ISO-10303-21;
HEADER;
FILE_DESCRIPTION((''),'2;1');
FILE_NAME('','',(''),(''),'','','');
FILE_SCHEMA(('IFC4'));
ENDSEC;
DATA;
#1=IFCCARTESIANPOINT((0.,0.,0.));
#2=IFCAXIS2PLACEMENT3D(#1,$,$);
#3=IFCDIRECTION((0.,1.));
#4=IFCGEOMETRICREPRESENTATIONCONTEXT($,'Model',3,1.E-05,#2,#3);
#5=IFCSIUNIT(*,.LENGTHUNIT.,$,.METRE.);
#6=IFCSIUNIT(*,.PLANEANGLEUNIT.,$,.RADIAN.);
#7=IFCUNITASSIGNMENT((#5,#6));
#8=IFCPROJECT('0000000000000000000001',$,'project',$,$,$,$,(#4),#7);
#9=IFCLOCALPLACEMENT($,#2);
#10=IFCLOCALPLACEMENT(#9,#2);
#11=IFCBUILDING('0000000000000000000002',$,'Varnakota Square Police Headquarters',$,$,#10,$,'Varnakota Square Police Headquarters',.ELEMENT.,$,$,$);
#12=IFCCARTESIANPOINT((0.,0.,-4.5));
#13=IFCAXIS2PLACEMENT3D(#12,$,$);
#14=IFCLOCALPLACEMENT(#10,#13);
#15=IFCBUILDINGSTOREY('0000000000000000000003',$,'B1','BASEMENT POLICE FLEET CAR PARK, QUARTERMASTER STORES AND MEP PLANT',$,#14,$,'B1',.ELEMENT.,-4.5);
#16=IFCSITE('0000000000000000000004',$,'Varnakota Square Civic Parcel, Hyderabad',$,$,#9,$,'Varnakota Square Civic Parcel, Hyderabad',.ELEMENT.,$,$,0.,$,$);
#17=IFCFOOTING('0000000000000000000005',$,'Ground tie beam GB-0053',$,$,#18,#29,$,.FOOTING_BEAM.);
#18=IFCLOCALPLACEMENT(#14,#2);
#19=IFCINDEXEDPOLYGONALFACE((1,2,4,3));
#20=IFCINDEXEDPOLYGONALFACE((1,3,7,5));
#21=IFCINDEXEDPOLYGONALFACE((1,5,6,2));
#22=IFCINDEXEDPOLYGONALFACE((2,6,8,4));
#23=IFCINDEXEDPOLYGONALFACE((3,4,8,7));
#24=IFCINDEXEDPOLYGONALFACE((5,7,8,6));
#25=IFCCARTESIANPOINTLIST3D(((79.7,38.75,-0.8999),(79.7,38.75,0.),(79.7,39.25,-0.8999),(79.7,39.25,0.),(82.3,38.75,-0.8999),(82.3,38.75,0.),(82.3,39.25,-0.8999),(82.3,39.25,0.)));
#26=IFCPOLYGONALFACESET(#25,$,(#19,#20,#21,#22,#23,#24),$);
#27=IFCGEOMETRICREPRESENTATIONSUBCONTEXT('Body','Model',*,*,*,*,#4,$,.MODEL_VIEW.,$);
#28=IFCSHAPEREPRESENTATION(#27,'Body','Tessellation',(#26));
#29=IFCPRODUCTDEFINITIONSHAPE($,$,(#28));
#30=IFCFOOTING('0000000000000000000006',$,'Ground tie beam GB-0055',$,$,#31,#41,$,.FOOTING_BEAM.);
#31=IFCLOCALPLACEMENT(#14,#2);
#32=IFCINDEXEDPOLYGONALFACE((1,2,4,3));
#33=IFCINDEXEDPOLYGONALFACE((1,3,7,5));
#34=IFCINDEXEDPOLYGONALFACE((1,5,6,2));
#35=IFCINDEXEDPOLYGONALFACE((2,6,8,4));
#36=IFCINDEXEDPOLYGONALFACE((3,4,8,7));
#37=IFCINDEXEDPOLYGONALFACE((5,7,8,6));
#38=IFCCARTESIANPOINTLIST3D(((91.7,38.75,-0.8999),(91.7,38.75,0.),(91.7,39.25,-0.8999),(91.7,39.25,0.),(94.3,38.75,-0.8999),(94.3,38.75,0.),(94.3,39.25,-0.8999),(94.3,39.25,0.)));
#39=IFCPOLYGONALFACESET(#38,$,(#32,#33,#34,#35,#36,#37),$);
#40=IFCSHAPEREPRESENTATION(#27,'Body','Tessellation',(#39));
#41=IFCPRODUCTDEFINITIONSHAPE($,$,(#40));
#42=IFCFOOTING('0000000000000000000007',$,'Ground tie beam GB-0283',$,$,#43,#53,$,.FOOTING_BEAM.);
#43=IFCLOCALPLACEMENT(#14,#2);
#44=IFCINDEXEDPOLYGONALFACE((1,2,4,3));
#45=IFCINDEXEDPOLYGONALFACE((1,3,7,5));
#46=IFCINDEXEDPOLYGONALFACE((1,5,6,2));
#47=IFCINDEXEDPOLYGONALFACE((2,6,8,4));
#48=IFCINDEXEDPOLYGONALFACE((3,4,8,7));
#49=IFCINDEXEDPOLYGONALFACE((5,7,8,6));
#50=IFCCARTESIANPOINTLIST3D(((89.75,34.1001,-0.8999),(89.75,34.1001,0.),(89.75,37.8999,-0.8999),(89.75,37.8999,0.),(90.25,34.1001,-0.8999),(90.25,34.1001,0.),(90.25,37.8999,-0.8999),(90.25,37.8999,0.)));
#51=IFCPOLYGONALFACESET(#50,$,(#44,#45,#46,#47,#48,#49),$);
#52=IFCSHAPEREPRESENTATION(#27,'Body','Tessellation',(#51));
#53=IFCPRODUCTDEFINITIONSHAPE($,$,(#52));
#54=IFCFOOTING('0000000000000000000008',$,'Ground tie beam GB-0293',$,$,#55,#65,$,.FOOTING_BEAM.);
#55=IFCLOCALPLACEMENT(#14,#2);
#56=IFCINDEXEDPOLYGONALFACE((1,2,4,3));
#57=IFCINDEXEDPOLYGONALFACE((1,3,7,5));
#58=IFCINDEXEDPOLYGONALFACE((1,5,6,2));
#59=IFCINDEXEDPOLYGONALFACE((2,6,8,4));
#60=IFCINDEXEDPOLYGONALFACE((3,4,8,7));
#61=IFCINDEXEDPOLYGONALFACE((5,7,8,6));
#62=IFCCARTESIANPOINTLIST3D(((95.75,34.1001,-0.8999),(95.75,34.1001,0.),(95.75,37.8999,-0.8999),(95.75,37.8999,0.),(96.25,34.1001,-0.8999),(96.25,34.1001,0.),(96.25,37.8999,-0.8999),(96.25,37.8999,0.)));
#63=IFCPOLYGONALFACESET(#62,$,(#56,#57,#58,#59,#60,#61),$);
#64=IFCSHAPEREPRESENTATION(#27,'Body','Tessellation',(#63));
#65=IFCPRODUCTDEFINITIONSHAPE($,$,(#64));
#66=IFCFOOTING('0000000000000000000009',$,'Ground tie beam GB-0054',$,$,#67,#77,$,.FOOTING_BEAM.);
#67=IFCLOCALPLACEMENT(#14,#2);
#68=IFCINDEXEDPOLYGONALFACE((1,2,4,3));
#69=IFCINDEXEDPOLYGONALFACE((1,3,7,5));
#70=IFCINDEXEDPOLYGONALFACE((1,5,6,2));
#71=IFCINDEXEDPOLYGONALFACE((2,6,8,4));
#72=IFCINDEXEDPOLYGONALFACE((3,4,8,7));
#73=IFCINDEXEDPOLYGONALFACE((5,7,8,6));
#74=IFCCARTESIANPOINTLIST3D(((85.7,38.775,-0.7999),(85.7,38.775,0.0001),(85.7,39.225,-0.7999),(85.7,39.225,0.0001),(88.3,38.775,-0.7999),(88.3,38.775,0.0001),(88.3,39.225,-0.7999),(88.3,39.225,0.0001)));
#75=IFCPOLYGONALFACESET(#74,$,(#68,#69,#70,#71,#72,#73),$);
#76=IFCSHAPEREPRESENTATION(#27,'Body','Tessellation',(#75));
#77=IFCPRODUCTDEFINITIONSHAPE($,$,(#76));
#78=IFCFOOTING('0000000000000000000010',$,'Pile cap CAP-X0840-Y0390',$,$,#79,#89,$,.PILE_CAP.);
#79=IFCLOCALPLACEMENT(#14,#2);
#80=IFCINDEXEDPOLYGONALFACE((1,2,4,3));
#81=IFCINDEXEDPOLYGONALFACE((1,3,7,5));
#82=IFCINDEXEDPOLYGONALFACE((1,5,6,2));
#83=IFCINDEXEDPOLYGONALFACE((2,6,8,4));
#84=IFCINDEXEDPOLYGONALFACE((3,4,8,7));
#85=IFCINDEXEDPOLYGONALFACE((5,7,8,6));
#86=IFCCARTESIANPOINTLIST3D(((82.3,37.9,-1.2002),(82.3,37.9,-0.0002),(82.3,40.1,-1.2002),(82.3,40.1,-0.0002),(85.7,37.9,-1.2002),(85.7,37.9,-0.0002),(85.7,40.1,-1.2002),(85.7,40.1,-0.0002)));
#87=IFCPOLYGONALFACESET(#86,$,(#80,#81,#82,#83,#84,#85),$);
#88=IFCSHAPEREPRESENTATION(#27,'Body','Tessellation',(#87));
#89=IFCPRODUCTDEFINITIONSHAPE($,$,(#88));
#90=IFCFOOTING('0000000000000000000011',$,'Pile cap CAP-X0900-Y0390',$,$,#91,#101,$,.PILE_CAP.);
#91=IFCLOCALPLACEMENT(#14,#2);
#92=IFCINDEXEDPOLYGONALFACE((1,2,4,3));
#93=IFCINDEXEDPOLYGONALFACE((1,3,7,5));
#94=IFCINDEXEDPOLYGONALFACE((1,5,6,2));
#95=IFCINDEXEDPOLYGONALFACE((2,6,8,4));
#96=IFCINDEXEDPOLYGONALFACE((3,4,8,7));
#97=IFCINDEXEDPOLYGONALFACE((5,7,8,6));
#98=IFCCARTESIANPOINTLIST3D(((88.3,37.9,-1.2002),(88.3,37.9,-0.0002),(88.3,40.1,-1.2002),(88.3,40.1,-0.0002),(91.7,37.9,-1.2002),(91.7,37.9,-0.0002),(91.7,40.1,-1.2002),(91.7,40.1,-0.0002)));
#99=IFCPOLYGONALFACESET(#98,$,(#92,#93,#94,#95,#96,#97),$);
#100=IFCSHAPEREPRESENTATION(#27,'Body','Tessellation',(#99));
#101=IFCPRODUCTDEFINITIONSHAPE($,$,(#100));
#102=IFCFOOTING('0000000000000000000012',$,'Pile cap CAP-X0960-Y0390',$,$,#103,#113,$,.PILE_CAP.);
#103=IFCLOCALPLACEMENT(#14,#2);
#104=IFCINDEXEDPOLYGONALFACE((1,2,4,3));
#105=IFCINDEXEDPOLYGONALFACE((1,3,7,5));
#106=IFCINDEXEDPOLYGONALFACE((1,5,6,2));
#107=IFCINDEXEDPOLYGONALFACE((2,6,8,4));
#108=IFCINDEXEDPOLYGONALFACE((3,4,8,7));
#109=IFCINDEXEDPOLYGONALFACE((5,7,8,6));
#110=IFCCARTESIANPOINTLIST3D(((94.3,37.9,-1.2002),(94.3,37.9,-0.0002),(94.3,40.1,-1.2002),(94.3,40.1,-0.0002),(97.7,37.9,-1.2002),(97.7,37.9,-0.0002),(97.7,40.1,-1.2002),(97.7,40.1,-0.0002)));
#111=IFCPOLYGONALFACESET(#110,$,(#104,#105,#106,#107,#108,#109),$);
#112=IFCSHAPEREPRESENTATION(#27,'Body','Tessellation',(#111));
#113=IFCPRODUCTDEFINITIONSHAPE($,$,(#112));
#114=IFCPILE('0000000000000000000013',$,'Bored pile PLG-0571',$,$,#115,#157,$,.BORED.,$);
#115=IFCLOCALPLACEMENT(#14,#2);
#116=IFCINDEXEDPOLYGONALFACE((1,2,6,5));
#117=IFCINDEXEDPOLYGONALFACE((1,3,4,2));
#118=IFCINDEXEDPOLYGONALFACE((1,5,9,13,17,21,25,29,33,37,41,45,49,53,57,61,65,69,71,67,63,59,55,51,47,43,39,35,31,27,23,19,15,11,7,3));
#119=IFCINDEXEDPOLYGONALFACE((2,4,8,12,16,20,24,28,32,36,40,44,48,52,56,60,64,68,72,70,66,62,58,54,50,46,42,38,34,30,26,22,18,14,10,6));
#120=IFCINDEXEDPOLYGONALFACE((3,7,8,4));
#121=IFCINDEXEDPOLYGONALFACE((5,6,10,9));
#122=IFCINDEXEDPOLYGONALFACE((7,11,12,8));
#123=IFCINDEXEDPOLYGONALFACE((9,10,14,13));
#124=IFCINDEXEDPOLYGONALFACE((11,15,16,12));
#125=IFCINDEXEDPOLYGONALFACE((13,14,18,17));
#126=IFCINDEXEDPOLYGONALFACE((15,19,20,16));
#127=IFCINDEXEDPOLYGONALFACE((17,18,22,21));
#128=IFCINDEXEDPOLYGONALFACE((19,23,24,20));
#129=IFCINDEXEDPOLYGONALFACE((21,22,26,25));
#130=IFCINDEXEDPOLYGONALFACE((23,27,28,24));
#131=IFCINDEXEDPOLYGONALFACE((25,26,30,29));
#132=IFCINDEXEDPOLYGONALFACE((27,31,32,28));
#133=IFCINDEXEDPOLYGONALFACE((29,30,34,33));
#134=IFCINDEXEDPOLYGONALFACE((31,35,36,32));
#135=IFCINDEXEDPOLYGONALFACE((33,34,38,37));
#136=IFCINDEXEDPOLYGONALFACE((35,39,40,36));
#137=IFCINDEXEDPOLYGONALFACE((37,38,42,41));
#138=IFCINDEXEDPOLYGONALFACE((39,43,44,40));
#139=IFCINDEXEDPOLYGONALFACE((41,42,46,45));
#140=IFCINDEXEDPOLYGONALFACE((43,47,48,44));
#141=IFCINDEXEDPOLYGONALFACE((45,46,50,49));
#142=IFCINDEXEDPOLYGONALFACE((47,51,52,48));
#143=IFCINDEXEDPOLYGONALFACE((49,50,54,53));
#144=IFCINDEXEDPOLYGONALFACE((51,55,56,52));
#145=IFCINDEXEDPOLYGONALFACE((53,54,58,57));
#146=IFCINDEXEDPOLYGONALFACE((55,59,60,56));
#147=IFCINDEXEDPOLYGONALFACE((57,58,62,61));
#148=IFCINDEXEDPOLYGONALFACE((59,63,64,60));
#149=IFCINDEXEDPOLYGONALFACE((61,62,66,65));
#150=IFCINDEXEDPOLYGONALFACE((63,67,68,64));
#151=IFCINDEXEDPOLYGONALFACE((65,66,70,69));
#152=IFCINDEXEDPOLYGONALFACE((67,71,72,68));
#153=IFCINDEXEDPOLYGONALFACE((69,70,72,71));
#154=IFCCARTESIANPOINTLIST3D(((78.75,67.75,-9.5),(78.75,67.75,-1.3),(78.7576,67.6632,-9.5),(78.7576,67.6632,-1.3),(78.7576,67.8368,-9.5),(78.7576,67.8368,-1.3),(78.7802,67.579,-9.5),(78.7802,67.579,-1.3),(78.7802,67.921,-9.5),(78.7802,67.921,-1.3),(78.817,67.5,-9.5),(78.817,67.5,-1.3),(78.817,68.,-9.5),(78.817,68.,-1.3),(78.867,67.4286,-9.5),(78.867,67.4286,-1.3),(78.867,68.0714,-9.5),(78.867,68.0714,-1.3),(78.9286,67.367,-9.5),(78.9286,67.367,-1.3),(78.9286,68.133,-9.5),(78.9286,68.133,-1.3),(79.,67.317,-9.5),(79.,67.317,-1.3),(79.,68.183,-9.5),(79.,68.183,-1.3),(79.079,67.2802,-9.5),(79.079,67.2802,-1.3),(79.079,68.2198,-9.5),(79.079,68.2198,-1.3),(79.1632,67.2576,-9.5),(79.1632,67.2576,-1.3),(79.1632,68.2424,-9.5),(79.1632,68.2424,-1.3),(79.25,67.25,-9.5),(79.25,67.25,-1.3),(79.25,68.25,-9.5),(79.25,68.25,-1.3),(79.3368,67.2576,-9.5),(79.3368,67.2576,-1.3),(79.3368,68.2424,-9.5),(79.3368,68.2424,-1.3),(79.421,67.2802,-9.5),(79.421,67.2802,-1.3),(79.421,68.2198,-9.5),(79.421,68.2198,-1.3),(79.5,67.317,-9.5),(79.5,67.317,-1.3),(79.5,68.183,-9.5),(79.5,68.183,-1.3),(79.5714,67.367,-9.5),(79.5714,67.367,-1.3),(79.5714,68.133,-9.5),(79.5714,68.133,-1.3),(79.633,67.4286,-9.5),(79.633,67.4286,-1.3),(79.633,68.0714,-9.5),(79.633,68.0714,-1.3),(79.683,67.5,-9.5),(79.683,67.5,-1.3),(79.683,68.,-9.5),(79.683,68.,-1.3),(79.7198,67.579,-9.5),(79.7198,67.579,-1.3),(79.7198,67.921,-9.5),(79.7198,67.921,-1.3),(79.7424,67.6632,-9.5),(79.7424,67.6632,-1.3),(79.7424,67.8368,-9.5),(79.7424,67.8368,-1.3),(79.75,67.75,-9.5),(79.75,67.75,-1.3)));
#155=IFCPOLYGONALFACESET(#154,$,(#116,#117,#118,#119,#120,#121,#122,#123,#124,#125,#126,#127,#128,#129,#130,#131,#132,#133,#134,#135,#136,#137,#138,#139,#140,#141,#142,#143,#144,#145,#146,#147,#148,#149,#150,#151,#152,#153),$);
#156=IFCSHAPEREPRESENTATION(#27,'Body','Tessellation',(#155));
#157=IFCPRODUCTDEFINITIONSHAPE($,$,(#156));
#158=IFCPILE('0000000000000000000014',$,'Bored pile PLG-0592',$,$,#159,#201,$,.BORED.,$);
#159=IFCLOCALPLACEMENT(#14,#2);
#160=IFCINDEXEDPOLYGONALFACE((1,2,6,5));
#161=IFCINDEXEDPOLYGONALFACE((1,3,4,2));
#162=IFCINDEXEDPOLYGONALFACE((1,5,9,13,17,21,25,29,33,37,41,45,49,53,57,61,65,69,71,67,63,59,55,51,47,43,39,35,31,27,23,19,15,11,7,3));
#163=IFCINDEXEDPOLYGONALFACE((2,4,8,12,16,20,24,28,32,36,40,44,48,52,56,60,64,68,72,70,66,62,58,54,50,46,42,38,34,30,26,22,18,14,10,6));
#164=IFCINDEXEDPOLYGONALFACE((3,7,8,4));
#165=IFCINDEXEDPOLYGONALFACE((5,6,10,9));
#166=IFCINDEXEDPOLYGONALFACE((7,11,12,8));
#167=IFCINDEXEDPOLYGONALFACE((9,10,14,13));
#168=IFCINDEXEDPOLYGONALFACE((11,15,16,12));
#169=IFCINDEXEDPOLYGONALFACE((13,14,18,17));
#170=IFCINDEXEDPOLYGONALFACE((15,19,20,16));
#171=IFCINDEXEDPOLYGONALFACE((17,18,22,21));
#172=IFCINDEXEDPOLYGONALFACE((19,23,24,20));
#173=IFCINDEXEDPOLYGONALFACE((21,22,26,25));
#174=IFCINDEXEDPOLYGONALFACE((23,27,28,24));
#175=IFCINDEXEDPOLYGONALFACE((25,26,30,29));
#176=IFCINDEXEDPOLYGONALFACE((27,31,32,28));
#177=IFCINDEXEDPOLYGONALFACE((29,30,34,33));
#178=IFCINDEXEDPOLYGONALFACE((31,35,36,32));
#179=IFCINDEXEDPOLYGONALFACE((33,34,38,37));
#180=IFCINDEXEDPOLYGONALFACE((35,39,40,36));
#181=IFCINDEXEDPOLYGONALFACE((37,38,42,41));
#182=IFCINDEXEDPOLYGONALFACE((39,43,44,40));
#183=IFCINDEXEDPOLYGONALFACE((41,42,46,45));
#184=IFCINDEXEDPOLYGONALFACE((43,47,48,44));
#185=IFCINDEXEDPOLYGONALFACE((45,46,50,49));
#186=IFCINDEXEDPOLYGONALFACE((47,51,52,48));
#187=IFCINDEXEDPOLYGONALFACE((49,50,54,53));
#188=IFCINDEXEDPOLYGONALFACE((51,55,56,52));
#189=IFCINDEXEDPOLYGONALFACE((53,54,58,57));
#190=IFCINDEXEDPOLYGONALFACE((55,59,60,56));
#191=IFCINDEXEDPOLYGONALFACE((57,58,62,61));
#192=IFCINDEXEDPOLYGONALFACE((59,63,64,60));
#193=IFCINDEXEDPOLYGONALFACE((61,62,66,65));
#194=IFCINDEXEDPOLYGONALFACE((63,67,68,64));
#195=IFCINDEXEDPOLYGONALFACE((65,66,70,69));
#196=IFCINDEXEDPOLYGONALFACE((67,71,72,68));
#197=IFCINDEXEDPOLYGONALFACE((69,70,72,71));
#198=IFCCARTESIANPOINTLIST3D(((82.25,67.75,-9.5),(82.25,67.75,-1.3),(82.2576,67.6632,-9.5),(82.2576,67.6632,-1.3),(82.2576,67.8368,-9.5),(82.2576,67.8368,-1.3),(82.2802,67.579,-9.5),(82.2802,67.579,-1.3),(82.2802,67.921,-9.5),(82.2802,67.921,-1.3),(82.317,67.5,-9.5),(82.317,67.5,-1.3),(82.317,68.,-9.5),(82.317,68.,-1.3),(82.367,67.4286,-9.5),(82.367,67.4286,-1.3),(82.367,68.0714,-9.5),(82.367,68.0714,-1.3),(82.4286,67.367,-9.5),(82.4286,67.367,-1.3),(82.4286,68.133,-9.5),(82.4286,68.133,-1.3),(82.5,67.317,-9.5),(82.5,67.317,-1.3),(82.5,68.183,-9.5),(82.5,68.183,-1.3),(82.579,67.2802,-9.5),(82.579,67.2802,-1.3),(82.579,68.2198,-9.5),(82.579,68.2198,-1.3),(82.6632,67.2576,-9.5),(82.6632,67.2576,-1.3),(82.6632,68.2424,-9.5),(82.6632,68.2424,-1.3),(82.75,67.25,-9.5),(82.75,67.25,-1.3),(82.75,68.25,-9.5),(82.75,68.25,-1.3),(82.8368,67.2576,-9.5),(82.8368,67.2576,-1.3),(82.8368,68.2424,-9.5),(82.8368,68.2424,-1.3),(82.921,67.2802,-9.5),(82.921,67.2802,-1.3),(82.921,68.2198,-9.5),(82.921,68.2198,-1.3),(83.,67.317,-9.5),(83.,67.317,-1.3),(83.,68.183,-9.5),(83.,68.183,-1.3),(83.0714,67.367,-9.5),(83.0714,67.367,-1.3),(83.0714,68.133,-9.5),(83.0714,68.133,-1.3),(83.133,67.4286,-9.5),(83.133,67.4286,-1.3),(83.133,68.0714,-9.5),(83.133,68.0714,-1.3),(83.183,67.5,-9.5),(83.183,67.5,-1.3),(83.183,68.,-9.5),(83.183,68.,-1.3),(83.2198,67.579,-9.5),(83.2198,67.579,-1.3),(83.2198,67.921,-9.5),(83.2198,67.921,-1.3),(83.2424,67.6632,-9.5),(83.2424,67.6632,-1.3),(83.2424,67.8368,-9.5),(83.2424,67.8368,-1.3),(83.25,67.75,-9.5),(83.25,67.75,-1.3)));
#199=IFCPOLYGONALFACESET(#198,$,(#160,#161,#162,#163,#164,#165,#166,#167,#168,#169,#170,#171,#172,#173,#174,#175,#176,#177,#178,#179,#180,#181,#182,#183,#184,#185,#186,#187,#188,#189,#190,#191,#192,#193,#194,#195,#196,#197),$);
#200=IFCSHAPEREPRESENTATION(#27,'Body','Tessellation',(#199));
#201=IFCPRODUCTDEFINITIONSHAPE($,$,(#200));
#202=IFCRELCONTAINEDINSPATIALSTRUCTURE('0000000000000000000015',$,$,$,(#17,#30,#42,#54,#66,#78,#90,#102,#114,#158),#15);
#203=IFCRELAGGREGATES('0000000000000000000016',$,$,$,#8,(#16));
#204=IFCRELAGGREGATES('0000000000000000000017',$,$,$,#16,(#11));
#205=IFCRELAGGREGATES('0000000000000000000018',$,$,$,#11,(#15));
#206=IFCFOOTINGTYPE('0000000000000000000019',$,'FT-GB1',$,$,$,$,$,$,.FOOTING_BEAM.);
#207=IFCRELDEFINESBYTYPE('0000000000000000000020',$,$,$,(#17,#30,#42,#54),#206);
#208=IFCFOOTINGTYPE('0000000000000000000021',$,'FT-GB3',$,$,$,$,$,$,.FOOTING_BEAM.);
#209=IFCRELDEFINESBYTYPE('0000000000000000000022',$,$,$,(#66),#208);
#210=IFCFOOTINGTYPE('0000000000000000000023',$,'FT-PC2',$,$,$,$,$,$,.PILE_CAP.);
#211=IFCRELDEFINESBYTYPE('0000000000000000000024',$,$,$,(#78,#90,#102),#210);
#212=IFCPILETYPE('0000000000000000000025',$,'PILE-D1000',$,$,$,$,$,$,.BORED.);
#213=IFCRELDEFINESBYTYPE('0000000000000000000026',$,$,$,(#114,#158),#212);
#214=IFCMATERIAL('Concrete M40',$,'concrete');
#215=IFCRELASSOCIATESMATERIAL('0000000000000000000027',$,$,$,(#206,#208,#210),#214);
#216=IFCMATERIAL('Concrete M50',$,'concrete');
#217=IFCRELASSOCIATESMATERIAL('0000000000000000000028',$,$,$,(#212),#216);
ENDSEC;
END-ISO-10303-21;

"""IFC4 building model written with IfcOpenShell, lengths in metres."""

from ifc_helpers import new_model, si_unit, direction, frame, origin, origin_2d, place, context, subcontext, project, spatial, rectangle, circle, extrude, material, material_profile, profile_set, type_object, element, save


model = new_model("IFC4")

# Units and contexts
model_context = context("Model", 3, precision=1e-05, world=origin(), true_north=direction((0.0, 1.0)))
body_context = subcontext(model_context, "Body", "Model", "MODEL_VIEW")
ifc_project = project(units=[si_unit("LENGTHUNIT", "METRE"), si_unit("PLANEANGLEUNIT", "RADIAN")], contexts=[model_context])

# Site, building, storey
site_placement = place(None, origin())
site = spatial("IfcSite", under=ifc_project, at=site_placement, Name="Varnakota Square Civic Parcel, Hyderabad", LongName="Varnakota Square Civic Parcel, Hyderabad", CompositionType="ELEMENT", RefElevation=0.0)
building_placement = place(site_placement, origin())
building = spatial("IfcBuilding", under=site, at=building_placement, Name="Varnakota Square Police Headquarters", LongName="Varnakota Square Police Headquarters", CompositionType="ELEMENT")
storey_placement = place(building_placement, frame((0.0, 0.0, -4.5)))
storey = spatial("IfcBuildingStorey", under=building, at=storey_placement, Name="B1", Description="BASEMENT POLICE FLEET CAR PARK, QUARTERMASTER STORES AND MEP PLANT", LongName="B1", CompositionType="ELEMENT", Elevation=-4.5)

# Footings
ifc_material_1 = material(Name="Concrete M40", Category="concrete")
ifc_material_profile_1 = material_profile(ifc_material_1, rectangle(XDim=0.5, YDim=0.8999, at=origin_2d()), Name="GB 500x900")
ifc_profile_set_1 = profile_set([ifc_material_profile_1], Name="Concrete M40")
footing_type_1 = type_object("IfcFootingType", Name="FT-GB1", PredefinedType="FOOTING_BEAM", material=ifc_profile_set_1)
for number, where, z_axis, x_axis, name in (
    (1, (79.7, 39.0, -0.45), (1.0, 0.0, 0.0), (0.0, 1.0, 0.0), "Ground tie beam GB-0053"),
    (2, (91.7, 39.0, -0.45), (1.0, 0.0, 0.0), (0.0, 1.0, 0.0), "Ground tie beam GB-0055"),
):
    element("IfcFooting", number, at=place(storey_placement, frame(where, z_axis=z_axis, x_axis=x_axis)), inside=storey, type_object=footing_type_1, Name=name, PredefinedType="FOOTING_BEAM", context=body_context, shape_type="SweptSolid", body=[
        extrude(rectangle(XDim=0.5, YDim=0.8999, at=origin_2d()), origin(), (0.0, 0.0, 1.0), 2.6001),
    ])
for number, where, z_axis, x_axis, name in (
    (3, (90.0, 34.1001, -0.45), (0.0, 1.0, 0.0), (-1.0, 0.0, 0.0), "Ground tie beam GB-0283"),
    (4, (96.0, 34.1001, -0.45), (0.0, 1.0, 0.0), (-1.0, 0.0, 0.0), "Ground tie beam GB-0293"),
):
    element("IfcFooting", number, at=place(storey_placement, frame(where, z_axis=z_axis, x_axis=x_axis)), inside=storey, type_object=footing_type_1, Name=name, PredefinedType="FOOTING_BEAM", context=body_context, shape_type="SweptSolid", body=[
        extrude(rectangle(XDim=0.5, YDim=0.8999, at=origin_2d()), origin(), (0.0, 0.0, 1.0), 3.7998),
    ])
ifc_material_profile_2 = material_profile(ifc_material_1, rectangle(XDim=0.45, YDim=0.8, at=origin_2d()), Name="GB 450x800")
ifc_profile_set_2 = profile_set([ifc_material_profile_2], Name="Concrete M40")
footing_type_2 = type_object("IfcFootingType", Name="FT-GB3", PredefinedType="FOOTING_BEAM", material=ifc_profile_set_2)
footing_placement = place(storey_placement, frame((85.7, 39.0, -0.3999), z_axis=(1.0, 0.0, 0.0), x_axis=(0.0, 1.0, 0.0)))
element("IfcFooting", 5, at=footing_placement, inside=storey, type_object=footing_type_2, Name="Ground tie beam GB-0054", PredefinedType="FOOTING_BEAM", context=body_context, shape_type="SweptSolid", body=[
    extrude(rectangle(XDim=0.45, YDim=0.8, at=origin_2d()), origin(), (0.0, 0.0, 1.0), 2.6001),
])
footing_type_3 = type_object("IfcFootingType", Name="FT-PC2", PredefinedType="PILE_CAP", material=ifc_material_1)
for number, where, z_axis, x_axis, name in (
    (6, (84.0, 39.0, -1.2002), (0.0, 0.0, 1.0), (1.0, 0.0, 0.0), "Pile cap CAP-X0840-Y0390"),
    (7, (90.0, 39.0, -1.2002), (0.0, 0.0, 1.0), (1.0, 0.0, 0.0), "Pile cap CAP-X0900-Y0390"),
    (8, (96.0, 39.0, -1.2002), (0.0, 0.0, 1.0), (1.0, 0.0, 0.0), "Pile cap CAP-X0960-Y0390"),
):
    element("IfcFooting", number, at=place(storey_placement, frame(where, z_axis=z_axis, x_axis=x_axis)), inside=storey, type_object=footing_type_3, Name=name, PredefinedType="PILE_CAP", context=body_context, shape_type="SweptSolid", body=[
        extrude(rectangle(XDim=3.3999, YDim=2.2, at=origin_2d()), origin(), (0.0, 0.0, 1.0), 1.2),
    ])

# Piles
ifc_material_2 = material(Name="Concrete M50", Category="concrete")
ifc_material_profile_3 = material_profile(ifc_material_2, circle(Radius=0.5, at=origin_2d()), Name="BORED PILE 1000")
ifc_profile_set_3 = profile_set([ifc_material_profile_3], Name="Concrete M50")
pile_type_1 = type_object("IfcPileType", Name="PILE-D1000", PredefinedType="BORED", material=ifc_profile_set_3)
for number, where, z_axis, x_axis, name in (
    (9, (79.25, 67.75, -1.3), (0.0, 0.0, -1.0), (1.0, 0.0, 0.0), "Bored pile PLG-0571"),
    (10, (82.75, 67.75, -1.3), (0.0, 0.0, -1.0), (1.0, 0.0, 0.0), "Bored pile PLG-0592"),
):
    element("IfcPile", number, at=place(storey_placement, frame(where, z_axis=z_axis, x_axis=x_axis)), inside=storey, type_object=pile_type_1, Name=name, PredefinedType="BORED", context=body_context, shape_type="SweptSolid", body=[
        extrude(circle(Radius=0.5, at=origin_2d()), origin(), (0.0, 0.0, 1.0), 8.2),
    ])

save(model, "model.ifc")
